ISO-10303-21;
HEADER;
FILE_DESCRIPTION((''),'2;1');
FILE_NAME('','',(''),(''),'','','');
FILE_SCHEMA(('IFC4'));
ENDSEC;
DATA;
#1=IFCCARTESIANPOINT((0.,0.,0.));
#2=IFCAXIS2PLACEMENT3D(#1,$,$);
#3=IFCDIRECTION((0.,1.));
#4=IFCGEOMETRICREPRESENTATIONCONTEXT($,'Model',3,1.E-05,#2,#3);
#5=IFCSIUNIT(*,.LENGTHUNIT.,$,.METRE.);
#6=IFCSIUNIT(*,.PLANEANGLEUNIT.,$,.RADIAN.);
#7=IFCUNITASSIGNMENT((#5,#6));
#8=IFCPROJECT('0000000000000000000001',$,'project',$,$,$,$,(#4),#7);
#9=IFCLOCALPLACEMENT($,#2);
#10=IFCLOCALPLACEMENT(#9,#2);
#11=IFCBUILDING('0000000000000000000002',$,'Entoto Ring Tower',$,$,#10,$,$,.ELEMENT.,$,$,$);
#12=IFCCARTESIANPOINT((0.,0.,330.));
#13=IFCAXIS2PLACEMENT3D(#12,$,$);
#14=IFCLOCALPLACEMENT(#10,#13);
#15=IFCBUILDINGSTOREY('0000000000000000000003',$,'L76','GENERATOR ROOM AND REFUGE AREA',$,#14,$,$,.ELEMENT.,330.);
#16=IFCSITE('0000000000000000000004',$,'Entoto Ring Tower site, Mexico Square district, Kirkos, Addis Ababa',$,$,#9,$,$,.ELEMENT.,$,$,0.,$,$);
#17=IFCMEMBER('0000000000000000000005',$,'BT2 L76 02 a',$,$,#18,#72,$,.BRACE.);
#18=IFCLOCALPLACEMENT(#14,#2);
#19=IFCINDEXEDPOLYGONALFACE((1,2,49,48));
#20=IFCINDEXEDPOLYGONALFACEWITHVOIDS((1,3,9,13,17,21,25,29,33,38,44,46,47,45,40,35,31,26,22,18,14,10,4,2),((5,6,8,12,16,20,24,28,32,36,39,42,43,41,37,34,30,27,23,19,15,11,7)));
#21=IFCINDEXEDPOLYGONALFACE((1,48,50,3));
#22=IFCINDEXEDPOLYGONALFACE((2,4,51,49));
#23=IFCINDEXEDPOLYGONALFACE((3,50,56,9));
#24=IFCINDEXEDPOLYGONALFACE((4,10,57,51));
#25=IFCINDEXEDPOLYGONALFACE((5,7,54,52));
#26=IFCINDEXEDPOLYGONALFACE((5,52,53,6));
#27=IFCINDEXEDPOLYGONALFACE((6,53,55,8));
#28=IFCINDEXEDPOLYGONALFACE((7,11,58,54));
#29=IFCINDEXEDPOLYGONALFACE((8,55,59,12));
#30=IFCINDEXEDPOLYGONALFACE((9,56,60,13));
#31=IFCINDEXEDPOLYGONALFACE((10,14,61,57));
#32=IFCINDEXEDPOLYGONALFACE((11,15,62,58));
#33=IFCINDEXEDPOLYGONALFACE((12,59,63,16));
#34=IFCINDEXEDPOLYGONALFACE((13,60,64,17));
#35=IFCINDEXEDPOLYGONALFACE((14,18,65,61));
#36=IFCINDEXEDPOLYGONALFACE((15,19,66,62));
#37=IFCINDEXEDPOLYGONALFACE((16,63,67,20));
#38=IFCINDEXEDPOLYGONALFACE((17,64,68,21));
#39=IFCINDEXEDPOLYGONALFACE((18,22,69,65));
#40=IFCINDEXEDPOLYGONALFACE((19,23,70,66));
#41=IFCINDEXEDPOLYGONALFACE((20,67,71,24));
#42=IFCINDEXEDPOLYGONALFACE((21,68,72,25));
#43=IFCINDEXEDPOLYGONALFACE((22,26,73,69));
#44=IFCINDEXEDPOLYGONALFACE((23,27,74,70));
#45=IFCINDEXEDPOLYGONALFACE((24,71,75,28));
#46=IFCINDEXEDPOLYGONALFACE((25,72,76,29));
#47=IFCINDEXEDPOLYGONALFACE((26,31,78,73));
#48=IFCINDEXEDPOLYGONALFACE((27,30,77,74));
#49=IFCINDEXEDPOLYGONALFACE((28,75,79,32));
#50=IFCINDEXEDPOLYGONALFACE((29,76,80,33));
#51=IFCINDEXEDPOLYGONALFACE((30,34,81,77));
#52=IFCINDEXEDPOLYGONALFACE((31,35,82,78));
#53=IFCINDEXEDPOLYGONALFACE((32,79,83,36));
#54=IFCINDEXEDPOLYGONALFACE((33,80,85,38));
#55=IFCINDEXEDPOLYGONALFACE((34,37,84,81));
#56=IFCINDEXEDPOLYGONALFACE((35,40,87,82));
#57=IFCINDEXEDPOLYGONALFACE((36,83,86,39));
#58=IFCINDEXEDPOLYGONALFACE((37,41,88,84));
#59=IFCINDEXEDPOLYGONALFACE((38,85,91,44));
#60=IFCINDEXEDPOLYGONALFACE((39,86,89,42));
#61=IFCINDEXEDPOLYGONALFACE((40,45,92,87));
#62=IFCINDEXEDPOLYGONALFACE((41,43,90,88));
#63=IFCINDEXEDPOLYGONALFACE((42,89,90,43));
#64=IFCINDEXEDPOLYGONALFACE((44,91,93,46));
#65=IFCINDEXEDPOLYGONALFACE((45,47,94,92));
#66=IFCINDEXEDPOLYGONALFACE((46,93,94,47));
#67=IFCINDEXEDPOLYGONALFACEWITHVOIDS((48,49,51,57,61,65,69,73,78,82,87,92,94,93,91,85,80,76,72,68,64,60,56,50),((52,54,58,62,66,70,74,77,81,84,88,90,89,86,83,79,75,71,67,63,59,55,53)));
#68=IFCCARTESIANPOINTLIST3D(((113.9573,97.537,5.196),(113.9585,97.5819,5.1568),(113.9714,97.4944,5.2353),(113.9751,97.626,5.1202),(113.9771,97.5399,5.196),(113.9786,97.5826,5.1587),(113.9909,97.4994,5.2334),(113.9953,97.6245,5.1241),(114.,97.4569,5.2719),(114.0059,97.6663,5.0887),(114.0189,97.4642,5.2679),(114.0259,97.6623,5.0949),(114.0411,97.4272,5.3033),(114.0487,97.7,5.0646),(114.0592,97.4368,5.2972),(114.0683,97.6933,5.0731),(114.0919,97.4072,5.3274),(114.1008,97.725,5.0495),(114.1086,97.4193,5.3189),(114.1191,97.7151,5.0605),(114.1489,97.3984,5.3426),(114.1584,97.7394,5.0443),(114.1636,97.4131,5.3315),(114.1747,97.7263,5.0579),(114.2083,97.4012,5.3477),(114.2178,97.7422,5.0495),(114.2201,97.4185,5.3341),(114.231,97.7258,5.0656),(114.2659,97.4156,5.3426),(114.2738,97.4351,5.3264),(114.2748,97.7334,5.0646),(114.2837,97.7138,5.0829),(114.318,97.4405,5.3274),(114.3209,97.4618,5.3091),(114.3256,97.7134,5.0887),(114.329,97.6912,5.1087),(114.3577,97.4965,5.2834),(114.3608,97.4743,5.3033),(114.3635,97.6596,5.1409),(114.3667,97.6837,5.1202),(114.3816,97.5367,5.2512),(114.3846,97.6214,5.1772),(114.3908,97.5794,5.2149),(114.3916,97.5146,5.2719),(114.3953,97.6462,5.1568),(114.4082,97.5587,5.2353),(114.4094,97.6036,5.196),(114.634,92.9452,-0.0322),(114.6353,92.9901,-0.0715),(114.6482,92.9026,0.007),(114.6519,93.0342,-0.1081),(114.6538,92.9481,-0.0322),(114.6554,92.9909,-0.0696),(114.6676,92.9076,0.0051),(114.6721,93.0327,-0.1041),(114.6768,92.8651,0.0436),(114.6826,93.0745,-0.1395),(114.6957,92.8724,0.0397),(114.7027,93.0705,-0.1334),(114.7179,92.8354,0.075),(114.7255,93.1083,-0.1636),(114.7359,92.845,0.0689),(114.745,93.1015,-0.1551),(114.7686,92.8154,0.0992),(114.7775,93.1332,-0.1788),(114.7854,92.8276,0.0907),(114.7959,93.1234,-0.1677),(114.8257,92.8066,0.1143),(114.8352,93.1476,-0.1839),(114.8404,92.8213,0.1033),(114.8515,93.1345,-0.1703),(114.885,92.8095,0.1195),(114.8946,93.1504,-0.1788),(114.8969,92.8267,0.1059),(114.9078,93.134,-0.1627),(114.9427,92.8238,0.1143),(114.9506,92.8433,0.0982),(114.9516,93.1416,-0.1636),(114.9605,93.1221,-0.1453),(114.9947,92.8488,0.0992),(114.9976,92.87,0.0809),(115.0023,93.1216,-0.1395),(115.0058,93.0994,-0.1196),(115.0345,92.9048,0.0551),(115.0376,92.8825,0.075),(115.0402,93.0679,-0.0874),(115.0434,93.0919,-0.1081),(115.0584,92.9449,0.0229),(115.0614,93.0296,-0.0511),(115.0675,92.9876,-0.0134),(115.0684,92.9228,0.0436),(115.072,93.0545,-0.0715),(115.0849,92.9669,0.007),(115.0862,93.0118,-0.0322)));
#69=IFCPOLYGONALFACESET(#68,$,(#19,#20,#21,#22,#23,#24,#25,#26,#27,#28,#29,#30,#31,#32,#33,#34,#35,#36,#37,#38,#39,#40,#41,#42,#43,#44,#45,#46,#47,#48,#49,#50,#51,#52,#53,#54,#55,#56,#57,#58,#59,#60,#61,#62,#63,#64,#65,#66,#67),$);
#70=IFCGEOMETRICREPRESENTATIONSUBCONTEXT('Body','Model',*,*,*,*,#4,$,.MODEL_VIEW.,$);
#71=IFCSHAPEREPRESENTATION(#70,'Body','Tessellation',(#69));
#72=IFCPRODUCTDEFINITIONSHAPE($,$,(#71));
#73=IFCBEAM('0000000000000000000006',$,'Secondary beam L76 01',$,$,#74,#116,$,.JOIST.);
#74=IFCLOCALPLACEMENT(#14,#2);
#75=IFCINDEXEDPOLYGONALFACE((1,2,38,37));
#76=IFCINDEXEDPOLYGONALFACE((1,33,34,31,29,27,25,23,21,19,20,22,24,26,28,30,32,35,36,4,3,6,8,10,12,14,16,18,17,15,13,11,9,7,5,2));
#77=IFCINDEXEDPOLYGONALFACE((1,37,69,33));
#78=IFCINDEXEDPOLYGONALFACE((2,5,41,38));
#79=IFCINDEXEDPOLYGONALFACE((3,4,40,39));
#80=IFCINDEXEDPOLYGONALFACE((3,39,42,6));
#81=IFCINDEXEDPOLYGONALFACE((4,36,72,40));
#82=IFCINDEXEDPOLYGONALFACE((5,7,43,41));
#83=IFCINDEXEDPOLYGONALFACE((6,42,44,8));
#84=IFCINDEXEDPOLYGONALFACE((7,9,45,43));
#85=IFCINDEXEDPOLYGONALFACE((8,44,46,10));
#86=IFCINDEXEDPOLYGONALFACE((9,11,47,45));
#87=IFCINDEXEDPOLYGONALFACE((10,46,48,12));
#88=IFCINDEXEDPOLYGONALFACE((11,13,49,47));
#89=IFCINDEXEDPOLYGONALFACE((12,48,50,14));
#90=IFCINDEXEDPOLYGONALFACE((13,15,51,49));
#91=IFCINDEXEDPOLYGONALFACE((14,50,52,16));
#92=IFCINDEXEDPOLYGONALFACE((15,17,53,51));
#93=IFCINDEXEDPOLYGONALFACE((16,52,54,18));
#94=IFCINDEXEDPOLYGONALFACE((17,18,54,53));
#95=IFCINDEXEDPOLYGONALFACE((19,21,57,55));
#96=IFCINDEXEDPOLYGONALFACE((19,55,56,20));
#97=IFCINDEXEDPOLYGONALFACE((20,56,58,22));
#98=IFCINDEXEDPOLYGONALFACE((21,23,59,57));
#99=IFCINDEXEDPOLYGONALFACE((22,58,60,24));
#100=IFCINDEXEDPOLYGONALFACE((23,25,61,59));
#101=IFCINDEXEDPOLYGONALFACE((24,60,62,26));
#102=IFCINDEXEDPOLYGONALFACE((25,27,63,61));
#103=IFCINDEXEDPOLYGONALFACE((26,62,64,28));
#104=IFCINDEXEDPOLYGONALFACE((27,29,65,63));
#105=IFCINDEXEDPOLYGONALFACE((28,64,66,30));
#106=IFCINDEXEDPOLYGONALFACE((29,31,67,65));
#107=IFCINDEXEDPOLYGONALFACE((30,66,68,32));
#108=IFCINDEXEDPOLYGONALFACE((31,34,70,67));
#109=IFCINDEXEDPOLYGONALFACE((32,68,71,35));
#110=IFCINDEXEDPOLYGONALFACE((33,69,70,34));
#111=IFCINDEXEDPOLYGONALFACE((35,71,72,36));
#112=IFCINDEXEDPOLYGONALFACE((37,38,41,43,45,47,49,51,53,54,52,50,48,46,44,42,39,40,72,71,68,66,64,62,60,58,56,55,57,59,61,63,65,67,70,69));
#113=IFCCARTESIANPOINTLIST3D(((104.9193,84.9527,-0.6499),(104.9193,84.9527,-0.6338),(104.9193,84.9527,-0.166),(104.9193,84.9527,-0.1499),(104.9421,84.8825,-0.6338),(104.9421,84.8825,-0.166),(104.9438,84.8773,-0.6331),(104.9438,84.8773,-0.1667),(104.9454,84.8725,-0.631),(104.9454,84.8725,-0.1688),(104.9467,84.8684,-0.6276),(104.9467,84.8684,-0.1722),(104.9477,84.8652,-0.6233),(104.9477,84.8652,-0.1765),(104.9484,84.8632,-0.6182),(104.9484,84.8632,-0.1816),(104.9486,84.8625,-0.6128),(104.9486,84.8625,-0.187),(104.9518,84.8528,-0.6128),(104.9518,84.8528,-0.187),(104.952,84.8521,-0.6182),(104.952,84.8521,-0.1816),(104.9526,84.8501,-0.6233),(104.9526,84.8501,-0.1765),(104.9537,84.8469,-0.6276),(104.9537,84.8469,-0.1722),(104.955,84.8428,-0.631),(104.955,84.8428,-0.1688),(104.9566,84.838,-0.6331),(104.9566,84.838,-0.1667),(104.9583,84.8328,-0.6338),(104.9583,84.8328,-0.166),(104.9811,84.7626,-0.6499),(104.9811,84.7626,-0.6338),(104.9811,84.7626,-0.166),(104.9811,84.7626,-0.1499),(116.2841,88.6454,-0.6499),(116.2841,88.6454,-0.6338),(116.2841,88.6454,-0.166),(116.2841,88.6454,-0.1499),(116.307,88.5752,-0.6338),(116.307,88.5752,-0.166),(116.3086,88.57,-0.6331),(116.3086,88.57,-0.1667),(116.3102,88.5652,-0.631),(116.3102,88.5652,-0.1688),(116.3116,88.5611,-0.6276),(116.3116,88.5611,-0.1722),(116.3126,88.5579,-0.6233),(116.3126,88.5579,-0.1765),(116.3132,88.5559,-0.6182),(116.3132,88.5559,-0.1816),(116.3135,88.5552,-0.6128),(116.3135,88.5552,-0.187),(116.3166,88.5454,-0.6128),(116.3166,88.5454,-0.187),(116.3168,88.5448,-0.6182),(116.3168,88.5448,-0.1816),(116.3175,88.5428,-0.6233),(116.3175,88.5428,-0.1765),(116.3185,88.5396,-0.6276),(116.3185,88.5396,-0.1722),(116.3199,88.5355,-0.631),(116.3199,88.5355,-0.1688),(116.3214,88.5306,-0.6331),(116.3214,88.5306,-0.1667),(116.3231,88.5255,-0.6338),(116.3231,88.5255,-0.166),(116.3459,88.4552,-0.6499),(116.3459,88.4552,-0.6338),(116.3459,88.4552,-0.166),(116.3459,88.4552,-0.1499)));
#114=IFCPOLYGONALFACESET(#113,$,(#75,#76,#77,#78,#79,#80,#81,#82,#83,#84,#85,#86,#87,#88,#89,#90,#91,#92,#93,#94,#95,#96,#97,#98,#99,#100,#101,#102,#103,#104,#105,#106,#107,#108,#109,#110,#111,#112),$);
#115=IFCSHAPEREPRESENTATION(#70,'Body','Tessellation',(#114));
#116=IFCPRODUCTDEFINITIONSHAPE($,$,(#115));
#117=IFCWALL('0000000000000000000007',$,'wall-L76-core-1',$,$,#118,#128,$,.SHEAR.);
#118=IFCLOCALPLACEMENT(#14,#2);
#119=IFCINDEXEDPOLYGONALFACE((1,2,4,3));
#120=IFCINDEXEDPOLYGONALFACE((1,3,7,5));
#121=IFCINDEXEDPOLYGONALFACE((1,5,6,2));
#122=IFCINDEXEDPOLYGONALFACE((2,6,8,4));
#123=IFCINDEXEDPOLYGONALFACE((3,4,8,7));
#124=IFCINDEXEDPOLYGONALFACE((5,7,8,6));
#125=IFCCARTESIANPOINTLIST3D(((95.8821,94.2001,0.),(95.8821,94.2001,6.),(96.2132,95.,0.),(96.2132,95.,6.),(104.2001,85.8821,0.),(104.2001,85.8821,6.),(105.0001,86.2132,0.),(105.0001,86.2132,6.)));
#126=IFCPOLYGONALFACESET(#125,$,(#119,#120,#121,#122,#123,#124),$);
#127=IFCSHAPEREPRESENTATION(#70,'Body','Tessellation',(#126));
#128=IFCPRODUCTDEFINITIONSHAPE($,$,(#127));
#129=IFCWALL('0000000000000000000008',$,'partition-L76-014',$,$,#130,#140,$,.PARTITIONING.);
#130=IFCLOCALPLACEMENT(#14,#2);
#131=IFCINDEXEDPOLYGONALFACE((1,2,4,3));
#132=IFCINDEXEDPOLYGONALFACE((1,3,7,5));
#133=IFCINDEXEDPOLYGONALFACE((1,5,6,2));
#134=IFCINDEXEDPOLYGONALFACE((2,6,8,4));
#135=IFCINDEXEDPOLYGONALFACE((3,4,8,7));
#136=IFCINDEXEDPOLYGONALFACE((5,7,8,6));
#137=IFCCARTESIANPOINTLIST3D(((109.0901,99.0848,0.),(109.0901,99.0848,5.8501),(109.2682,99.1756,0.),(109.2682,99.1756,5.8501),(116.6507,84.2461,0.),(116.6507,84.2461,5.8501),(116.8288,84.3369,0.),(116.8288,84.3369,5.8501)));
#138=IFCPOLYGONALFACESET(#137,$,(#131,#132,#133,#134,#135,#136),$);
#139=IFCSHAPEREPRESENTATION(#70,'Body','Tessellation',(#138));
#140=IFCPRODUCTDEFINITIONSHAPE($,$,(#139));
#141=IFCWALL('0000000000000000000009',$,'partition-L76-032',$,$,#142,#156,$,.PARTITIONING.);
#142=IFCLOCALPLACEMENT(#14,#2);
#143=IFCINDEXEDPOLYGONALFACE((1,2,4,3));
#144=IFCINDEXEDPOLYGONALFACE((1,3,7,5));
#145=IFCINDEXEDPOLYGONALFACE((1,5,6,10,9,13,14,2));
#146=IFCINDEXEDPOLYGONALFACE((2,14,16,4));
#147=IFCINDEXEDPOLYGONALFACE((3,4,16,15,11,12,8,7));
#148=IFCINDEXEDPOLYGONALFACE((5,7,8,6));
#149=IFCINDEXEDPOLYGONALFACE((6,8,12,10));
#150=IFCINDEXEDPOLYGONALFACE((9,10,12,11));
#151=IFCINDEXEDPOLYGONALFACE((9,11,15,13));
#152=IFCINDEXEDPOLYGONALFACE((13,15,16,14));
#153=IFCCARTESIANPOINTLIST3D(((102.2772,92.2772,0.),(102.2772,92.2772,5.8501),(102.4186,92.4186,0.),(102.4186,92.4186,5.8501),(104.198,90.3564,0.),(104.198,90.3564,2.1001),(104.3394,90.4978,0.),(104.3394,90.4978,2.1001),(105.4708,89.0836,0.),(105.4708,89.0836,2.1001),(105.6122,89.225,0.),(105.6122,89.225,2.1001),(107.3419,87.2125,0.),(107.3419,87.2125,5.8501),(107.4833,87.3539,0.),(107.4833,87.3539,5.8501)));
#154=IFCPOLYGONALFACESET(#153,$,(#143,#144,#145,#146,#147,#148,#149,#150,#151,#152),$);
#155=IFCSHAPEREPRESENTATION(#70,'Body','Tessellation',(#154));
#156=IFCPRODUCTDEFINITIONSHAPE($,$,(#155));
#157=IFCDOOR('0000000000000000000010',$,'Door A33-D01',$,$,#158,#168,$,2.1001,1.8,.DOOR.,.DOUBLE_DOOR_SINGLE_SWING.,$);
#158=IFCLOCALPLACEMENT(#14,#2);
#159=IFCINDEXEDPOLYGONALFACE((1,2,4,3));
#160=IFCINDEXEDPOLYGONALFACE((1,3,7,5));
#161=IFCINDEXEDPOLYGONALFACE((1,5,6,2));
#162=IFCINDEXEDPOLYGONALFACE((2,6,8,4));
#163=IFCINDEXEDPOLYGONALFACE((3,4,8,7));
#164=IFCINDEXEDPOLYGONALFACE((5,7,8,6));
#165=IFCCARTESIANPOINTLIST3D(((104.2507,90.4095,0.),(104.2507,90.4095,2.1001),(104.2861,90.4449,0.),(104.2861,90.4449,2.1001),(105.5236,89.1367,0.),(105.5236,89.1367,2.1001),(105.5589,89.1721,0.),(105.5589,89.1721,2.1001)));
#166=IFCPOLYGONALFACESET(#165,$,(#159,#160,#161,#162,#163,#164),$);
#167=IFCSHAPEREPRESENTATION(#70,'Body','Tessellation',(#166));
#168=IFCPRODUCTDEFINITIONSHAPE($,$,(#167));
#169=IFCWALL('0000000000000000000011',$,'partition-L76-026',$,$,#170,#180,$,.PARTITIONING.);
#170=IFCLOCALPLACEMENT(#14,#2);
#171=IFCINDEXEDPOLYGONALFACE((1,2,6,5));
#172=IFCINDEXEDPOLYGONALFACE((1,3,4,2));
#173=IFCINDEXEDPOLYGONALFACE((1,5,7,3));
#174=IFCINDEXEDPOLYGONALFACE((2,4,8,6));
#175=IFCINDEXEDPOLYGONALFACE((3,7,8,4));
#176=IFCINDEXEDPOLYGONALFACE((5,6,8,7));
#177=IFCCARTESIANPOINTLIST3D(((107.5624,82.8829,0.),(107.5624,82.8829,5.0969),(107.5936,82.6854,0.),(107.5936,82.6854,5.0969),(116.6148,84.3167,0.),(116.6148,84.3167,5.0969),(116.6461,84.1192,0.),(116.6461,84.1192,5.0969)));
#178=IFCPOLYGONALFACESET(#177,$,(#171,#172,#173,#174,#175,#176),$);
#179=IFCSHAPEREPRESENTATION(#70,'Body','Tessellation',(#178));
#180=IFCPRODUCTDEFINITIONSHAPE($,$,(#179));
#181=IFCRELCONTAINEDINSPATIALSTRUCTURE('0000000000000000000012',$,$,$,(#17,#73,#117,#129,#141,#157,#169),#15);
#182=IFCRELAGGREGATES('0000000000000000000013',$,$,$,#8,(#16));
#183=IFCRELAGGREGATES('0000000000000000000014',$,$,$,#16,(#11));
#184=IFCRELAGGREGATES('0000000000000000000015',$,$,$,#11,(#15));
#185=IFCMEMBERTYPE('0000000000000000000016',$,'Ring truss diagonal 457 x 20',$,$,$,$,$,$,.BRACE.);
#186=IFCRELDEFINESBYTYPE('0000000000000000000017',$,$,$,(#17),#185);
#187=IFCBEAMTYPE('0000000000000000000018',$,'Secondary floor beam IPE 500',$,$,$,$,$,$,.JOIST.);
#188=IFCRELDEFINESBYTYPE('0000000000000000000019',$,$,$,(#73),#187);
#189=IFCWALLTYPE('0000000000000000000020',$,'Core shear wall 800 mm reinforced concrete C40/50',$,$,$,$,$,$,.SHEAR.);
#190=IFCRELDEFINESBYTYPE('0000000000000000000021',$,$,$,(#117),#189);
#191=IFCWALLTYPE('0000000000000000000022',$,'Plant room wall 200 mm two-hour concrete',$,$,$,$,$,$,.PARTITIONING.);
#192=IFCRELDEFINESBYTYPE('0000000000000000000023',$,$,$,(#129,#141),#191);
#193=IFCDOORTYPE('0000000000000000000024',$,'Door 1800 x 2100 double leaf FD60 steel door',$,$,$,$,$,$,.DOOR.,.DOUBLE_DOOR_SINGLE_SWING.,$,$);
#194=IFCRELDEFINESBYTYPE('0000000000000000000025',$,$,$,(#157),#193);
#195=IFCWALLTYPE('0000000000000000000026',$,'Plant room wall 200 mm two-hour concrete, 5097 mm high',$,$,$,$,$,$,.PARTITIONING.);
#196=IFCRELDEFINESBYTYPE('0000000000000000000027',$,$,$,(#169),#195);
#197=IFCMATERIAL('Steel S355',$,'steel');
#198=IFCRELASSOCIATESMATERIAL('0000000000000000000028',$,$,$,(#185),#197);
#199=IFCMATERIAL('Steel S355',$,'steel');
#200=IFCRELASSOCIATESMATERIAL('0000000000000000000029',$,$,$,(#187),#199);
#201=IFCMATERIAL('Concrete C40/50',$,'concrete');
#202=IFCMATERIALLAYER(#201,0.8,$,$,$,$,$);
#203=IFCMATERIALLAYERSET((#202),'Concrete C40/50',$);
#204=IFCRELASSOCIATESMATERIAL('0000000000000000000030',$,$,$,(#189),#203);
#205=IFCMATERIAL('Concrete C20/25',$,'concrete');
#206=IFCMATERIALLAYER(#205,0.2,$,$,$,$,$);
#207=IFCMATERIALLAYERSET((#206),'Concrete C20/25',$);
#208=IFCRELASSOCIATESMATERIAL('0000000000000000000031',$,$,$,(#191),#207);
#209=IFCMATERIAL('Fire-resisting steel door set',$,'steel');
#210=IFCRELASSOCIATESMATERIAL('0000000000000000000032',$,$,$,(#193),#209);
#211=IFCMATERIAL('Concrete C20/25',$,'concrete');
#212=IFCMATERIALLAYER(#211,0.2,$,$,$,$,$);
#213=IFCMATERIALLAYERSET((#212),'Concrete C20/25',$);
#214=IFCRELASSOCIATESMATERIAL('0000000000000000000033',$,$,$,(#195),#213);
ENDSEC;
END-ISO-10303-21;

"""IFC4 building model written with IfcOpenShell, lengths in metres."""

from ifc_helpers import new_model, si_unit, direction, frame, frame_2d, origin, origin_2d, place, context, subcontext, project, spatial, polyline, rectangle, circle, hollow_circle, i_section, outline, extrude, material, layer, layer_set, material_profile, profile_set, type_object, element, fill, save


model = new_model("IFC4")

# Units and contexts
model_context = context("Model", 3, precision=1e-05, world=origin(), true_north=direction((0.0, 1.0)))
body_context = subcontext(model_context, "Body", "Model", "MODEL_VIEW")
ifc_project = project(units=[si_unit("LENGTHUNIT", "METRE"), si_unit("PLANEANGLEUNIT", "RADIAN")], contexts=[model_context])

# Site, building, storey
site_placement = place(None, origin())
site = spatial("IfcSite", under=ifc_project, at=site_placement, Name="Entoto Ring Tower site, Mexico Square district, Kirkos, Addis Ababa", CompositionType="ELEMENT", RefElevation=0.0)
building_placement = place(site_placement, origin())
building = spatial("IfcBuilding", under=site, at=building_placement, Name="Entoto Ring Tower", CompositionType="ELEMENT")
storey_placement = place(building_placement, frame((0.0, 0.0, 330.0)))
storey = spatial("IfcBuildingStorey", under=building, at=storey_placement, Name="L76", Description="GENERATOR ROOM AND REFUGE AREA", CompositionType="ELEMENT", Elevation=330.0)

# Member
ifc_material_1 = material(Name="Steel S355", Category="steel")
ifc_material_profile_1 = material_profile(ifc_material_1, hollow_circle(Radius=0.2285, WallThickness=0.02, at=origin_2d()), Name="CHS 457 x 20")
ifc_material_2 = material(Name="Concrete C60/75", Category="concrete")
ifc_material_profile_2 = material_profile(ifc_material_2, circle(Radius=0.2085, at=origin_2d()), Name="Concrete C60/75 infill")
ifc_profile_set_1 = profile_set([ifc_material_profile_1, ifc_material_profile_2], Name="Steel S355")
member_type_1 = type_object("IfcMemberType", Name="Ring truss diagonal 457 x 20", PredefinedType="BRACE", material=ifc_profile_set_1)
for number, where, z_axis, x_axis, name in (
    (1, (114.8601, 92.9785, -0.0322), (-0.096801, 0.656793, 0.747832), (-0.989313, -0.145809, 0.0), "BT2 L76 02 a"),
):
    element("IfcMember", number, at=place(storey_placement, frame(where, z_axis=z_axis, x_axis=x_axis)), inside=storey, type_object=member_type_1, Name=name, PredefinedType="BRACE", context=body_context, shape_type="SweptSolid", body=[
        extrude(hollow_circle(Radius=0.2285, WallThickness=0.02, at=origin_2d()), origin(), (0.0, 0.0, 1.0), 6.9912),
    ])

# Beam
ifc_material_3 = material(Name="Steel S355", Category="steel")
ifc_material_profile_3 = material_profile(ifc_material_3, i_section(OverallWidth=0.2, OverallDepth=0.5, WebThickness=0.0103, FlangeThickness=0.0161, FilletRadius=0.021, at=origin_2d()), Name="IPE 500")
ifc_profile_set_2 = profile_set([ifc_material_profile_3], Name="Steel S355")
beam_type_1 = type_object("IfcBeamType", Name="Secondary floor beam IPE 500", PredefinedType="JOIST", material=ifc_profile_set_2)
beam_1_placement = place(storey_placement, frame((104.9502, 84.8577, -0.3999), z_axis=(0.951057, 0.309017, 0.0), x_axis=(-0.309017, 0.951057, 0.0)))
element("IfcBeam", 2, at=beam_1_placement, inside=storey, type_object=beam_type_1, Name="Secondary beam L76 01", PredefinedType="JOIST", context=body_context, shape_type="SweptSolid", body=[
    extrude(i_section(OverallWidth=0.2, OverallDepth=0.5, WebThickness=0.0103, FlangeThickness=0.0161, FilletRadius=0.021, at=origin_2d()), origin(), (0.0, 0.0, 1.0), 11.9497),
])

# Walls
ifc_material_4 = material(Name="Concrete C40/50", Category="concrete")
ifc_layer_1 = layer(ifc_material_4, 0.8)
ifc_layer_set_1 = layer_set([ifc_layer_1], Name="Concrete C40/50")
wall_type_1 = type_object("IfcWallType", Name="Core shear wall 800 mm reinforced concrete C40/50", PredefinedType="SHEAR", material=ifc_layer_set_1)
wall_1_placement = place(storey_placement, frame((104.6001, 86.0476, 0.0), z_axis=(0.0, 0.0, 1.0), x_axis=(-0.707107, 0.707107, 0.0)))
element("IfcWall", 3, at=wall_1_placement, inside=storey, type_object=wall_type_1, Name="wall-L76-core-1", PredefinedType="SHEAR", context=body_context, shape_type="SweptSolid", body=[
    extrude(outline(polyline([(-0.1658, -0.3999), (12.2607, -0.3999), (11.9292, 0.3999), (0.1658, 0.3999), (-0.1658, -0.3999)])), origin(), (0.0, 0.0, 1.0), 6.0),
])
ifc_material_5 = material(Name="Concrete C20/25", Category="concrete")
ifc_layer_2 = layer(ifc_material_5, 0.2)
ifc_layer_set_2 = layer_set([ifc_layer_2], Name="Concrete C20/25")
wall_type_2 = type_object("IfcWallType", Name="Plant room wall 200 mm two-hour concrete", PredefinedType="PARTITIONING", material=ifc_layer_set_2)
wall_2_placement = place(storey_placement, frame((116.7397, 84.2915, 0.0), z_axis=(0.0, 0.0, 1.0), x_axis=(-0.453985, 0.891009, 0.0)))
element("IfcWall", 4, at=wall_2_placement, inside=storey, type_object=wall_type_2, Name="partition-L76-014", PredefinedType="PARTITIONING", context=body_context, shape_type="SweptSolid", body=[
    extrude(rectangle(XDim=16.6538, YDim=0.2, at=frame_2d((8.3269, 0.0))), origin(), (0.0, 0.0, 1.0), 5.8501),
])

# Wall, opening, door
wall_3_placement = place(storey_placement, frame((107.4126, 87.2832, 0.0), z_axis=(0.0, 0.0, 1.0), x_axis=(-0.707107, 0.707107, 0.0)))
wall_3 = element("IfcWall", 5, at=wall_3_placement, inside=storey, type_object=wall_type_2, Name="partition-L76-032", PredefinedType="PARTITIONING", context=body_context, shape_type="SweptSolid", body=[
    extrude(rectangle(XDim=7.1626, YDim=0.2, at=frame_2d((3.5813, 0.0))), origin(), (0.0, 0.0, 1.0), 5.8501),
])
opening_placement = place(wall_3_placement, frame((2.6462, 0.0, 0.0)))
opening = element("IfcOpeningElement", 6, at=opening_placement, cuts=wall_3, PredefinedType="OPENING", context=body_context, shape_type="SweptSolid", body=[
    extrude(rectangle(XDim=1.8, YDim=2.1001, at=frame_2d((0.8999, 1.05))), frame((0.0, 0.1099, 0.0), z_axis=(0.0, -1.0, 0.0), x_axis=(1.0, 0.0, 0.0)), (0.0, 0.0, 1.0), 0.22),
])
ifc_material_6 = material(Name="Fire-resisting steel door set", Category="steel")
door_type = type_object("IfcDoorType", Name="Door 1800 x 2100 double leaf FD60 steel door", OperationType="DOUBLE_DOOR_SINGLE_SWING", PredefinedType="DOOR", material=ifc_material_6)
door_placement = place(opening_placement, frame((1.8, 0.0, 0.0), z_axis=(0.0, 0.0, 1.0), x_axis=(-1.0, 0.0, 0.0)))
door = element("IfcDoor", 7, at=door_placement, inside=storey, type_object=door_type, Name="Door A33-D01", OperationType="DOUBLE_DOOR_SINGLE_SWING", OverallHeight=2.1001, OverallWidth=1.8, PredefinedType="DOOR", context=body_context, shape_type="SweptSolid", body=[
    extrude(rectangle(XDim=1.8, YDim=2.1001, at=frame_2d((0.8999, 1.05))), frame((0.0, 0.0249, 0.0), z_axis=(0.0, -1.0, 0.0), x_axis=(1.0, 0.0, 0.0)), (0.0, 0.0, 1.0), 0.05),
])
fill(opening, door)

# Wall
ifc_material_7 = material(Name="Concrete C20/25", Category="concrete")
ifc_layer_3 = layer(ifc_material_7, 0.2)
ifc_layer_set_3 = layer_set([ifc_layer_3], Name="Concrete C20/25")
wall_type_3 = type_object("IfcWallType", Name="Plant room wall 200 mm two-hour concrete, 5097 mm high", PredefinedType="PARTITIONING", material=ifc_layer_set_3)
wall_4_placement = place(storey_placement, frame((107.5781, 82.7842, 0.0), z_axis=(0.0, 0.0, 1.0), x_axis=(0.987687, 0.156441, 0.0)))
element("IfcWall", 8, at=wall_4_placement, inside=storey, type_object=wall_type_3, Name="partition-L76-026", PredefinedType="PARTITIONING", context=body_context, shape_type="SweptSolid", body=[
    extrude(rectangle(XDim=9.1653, YDim=0.2, at=frame_2d((4.5825, 0.0))), origin(), (0.0, 0.0, 1.0), 5.0969),
])

save(model, "model.ifc")
